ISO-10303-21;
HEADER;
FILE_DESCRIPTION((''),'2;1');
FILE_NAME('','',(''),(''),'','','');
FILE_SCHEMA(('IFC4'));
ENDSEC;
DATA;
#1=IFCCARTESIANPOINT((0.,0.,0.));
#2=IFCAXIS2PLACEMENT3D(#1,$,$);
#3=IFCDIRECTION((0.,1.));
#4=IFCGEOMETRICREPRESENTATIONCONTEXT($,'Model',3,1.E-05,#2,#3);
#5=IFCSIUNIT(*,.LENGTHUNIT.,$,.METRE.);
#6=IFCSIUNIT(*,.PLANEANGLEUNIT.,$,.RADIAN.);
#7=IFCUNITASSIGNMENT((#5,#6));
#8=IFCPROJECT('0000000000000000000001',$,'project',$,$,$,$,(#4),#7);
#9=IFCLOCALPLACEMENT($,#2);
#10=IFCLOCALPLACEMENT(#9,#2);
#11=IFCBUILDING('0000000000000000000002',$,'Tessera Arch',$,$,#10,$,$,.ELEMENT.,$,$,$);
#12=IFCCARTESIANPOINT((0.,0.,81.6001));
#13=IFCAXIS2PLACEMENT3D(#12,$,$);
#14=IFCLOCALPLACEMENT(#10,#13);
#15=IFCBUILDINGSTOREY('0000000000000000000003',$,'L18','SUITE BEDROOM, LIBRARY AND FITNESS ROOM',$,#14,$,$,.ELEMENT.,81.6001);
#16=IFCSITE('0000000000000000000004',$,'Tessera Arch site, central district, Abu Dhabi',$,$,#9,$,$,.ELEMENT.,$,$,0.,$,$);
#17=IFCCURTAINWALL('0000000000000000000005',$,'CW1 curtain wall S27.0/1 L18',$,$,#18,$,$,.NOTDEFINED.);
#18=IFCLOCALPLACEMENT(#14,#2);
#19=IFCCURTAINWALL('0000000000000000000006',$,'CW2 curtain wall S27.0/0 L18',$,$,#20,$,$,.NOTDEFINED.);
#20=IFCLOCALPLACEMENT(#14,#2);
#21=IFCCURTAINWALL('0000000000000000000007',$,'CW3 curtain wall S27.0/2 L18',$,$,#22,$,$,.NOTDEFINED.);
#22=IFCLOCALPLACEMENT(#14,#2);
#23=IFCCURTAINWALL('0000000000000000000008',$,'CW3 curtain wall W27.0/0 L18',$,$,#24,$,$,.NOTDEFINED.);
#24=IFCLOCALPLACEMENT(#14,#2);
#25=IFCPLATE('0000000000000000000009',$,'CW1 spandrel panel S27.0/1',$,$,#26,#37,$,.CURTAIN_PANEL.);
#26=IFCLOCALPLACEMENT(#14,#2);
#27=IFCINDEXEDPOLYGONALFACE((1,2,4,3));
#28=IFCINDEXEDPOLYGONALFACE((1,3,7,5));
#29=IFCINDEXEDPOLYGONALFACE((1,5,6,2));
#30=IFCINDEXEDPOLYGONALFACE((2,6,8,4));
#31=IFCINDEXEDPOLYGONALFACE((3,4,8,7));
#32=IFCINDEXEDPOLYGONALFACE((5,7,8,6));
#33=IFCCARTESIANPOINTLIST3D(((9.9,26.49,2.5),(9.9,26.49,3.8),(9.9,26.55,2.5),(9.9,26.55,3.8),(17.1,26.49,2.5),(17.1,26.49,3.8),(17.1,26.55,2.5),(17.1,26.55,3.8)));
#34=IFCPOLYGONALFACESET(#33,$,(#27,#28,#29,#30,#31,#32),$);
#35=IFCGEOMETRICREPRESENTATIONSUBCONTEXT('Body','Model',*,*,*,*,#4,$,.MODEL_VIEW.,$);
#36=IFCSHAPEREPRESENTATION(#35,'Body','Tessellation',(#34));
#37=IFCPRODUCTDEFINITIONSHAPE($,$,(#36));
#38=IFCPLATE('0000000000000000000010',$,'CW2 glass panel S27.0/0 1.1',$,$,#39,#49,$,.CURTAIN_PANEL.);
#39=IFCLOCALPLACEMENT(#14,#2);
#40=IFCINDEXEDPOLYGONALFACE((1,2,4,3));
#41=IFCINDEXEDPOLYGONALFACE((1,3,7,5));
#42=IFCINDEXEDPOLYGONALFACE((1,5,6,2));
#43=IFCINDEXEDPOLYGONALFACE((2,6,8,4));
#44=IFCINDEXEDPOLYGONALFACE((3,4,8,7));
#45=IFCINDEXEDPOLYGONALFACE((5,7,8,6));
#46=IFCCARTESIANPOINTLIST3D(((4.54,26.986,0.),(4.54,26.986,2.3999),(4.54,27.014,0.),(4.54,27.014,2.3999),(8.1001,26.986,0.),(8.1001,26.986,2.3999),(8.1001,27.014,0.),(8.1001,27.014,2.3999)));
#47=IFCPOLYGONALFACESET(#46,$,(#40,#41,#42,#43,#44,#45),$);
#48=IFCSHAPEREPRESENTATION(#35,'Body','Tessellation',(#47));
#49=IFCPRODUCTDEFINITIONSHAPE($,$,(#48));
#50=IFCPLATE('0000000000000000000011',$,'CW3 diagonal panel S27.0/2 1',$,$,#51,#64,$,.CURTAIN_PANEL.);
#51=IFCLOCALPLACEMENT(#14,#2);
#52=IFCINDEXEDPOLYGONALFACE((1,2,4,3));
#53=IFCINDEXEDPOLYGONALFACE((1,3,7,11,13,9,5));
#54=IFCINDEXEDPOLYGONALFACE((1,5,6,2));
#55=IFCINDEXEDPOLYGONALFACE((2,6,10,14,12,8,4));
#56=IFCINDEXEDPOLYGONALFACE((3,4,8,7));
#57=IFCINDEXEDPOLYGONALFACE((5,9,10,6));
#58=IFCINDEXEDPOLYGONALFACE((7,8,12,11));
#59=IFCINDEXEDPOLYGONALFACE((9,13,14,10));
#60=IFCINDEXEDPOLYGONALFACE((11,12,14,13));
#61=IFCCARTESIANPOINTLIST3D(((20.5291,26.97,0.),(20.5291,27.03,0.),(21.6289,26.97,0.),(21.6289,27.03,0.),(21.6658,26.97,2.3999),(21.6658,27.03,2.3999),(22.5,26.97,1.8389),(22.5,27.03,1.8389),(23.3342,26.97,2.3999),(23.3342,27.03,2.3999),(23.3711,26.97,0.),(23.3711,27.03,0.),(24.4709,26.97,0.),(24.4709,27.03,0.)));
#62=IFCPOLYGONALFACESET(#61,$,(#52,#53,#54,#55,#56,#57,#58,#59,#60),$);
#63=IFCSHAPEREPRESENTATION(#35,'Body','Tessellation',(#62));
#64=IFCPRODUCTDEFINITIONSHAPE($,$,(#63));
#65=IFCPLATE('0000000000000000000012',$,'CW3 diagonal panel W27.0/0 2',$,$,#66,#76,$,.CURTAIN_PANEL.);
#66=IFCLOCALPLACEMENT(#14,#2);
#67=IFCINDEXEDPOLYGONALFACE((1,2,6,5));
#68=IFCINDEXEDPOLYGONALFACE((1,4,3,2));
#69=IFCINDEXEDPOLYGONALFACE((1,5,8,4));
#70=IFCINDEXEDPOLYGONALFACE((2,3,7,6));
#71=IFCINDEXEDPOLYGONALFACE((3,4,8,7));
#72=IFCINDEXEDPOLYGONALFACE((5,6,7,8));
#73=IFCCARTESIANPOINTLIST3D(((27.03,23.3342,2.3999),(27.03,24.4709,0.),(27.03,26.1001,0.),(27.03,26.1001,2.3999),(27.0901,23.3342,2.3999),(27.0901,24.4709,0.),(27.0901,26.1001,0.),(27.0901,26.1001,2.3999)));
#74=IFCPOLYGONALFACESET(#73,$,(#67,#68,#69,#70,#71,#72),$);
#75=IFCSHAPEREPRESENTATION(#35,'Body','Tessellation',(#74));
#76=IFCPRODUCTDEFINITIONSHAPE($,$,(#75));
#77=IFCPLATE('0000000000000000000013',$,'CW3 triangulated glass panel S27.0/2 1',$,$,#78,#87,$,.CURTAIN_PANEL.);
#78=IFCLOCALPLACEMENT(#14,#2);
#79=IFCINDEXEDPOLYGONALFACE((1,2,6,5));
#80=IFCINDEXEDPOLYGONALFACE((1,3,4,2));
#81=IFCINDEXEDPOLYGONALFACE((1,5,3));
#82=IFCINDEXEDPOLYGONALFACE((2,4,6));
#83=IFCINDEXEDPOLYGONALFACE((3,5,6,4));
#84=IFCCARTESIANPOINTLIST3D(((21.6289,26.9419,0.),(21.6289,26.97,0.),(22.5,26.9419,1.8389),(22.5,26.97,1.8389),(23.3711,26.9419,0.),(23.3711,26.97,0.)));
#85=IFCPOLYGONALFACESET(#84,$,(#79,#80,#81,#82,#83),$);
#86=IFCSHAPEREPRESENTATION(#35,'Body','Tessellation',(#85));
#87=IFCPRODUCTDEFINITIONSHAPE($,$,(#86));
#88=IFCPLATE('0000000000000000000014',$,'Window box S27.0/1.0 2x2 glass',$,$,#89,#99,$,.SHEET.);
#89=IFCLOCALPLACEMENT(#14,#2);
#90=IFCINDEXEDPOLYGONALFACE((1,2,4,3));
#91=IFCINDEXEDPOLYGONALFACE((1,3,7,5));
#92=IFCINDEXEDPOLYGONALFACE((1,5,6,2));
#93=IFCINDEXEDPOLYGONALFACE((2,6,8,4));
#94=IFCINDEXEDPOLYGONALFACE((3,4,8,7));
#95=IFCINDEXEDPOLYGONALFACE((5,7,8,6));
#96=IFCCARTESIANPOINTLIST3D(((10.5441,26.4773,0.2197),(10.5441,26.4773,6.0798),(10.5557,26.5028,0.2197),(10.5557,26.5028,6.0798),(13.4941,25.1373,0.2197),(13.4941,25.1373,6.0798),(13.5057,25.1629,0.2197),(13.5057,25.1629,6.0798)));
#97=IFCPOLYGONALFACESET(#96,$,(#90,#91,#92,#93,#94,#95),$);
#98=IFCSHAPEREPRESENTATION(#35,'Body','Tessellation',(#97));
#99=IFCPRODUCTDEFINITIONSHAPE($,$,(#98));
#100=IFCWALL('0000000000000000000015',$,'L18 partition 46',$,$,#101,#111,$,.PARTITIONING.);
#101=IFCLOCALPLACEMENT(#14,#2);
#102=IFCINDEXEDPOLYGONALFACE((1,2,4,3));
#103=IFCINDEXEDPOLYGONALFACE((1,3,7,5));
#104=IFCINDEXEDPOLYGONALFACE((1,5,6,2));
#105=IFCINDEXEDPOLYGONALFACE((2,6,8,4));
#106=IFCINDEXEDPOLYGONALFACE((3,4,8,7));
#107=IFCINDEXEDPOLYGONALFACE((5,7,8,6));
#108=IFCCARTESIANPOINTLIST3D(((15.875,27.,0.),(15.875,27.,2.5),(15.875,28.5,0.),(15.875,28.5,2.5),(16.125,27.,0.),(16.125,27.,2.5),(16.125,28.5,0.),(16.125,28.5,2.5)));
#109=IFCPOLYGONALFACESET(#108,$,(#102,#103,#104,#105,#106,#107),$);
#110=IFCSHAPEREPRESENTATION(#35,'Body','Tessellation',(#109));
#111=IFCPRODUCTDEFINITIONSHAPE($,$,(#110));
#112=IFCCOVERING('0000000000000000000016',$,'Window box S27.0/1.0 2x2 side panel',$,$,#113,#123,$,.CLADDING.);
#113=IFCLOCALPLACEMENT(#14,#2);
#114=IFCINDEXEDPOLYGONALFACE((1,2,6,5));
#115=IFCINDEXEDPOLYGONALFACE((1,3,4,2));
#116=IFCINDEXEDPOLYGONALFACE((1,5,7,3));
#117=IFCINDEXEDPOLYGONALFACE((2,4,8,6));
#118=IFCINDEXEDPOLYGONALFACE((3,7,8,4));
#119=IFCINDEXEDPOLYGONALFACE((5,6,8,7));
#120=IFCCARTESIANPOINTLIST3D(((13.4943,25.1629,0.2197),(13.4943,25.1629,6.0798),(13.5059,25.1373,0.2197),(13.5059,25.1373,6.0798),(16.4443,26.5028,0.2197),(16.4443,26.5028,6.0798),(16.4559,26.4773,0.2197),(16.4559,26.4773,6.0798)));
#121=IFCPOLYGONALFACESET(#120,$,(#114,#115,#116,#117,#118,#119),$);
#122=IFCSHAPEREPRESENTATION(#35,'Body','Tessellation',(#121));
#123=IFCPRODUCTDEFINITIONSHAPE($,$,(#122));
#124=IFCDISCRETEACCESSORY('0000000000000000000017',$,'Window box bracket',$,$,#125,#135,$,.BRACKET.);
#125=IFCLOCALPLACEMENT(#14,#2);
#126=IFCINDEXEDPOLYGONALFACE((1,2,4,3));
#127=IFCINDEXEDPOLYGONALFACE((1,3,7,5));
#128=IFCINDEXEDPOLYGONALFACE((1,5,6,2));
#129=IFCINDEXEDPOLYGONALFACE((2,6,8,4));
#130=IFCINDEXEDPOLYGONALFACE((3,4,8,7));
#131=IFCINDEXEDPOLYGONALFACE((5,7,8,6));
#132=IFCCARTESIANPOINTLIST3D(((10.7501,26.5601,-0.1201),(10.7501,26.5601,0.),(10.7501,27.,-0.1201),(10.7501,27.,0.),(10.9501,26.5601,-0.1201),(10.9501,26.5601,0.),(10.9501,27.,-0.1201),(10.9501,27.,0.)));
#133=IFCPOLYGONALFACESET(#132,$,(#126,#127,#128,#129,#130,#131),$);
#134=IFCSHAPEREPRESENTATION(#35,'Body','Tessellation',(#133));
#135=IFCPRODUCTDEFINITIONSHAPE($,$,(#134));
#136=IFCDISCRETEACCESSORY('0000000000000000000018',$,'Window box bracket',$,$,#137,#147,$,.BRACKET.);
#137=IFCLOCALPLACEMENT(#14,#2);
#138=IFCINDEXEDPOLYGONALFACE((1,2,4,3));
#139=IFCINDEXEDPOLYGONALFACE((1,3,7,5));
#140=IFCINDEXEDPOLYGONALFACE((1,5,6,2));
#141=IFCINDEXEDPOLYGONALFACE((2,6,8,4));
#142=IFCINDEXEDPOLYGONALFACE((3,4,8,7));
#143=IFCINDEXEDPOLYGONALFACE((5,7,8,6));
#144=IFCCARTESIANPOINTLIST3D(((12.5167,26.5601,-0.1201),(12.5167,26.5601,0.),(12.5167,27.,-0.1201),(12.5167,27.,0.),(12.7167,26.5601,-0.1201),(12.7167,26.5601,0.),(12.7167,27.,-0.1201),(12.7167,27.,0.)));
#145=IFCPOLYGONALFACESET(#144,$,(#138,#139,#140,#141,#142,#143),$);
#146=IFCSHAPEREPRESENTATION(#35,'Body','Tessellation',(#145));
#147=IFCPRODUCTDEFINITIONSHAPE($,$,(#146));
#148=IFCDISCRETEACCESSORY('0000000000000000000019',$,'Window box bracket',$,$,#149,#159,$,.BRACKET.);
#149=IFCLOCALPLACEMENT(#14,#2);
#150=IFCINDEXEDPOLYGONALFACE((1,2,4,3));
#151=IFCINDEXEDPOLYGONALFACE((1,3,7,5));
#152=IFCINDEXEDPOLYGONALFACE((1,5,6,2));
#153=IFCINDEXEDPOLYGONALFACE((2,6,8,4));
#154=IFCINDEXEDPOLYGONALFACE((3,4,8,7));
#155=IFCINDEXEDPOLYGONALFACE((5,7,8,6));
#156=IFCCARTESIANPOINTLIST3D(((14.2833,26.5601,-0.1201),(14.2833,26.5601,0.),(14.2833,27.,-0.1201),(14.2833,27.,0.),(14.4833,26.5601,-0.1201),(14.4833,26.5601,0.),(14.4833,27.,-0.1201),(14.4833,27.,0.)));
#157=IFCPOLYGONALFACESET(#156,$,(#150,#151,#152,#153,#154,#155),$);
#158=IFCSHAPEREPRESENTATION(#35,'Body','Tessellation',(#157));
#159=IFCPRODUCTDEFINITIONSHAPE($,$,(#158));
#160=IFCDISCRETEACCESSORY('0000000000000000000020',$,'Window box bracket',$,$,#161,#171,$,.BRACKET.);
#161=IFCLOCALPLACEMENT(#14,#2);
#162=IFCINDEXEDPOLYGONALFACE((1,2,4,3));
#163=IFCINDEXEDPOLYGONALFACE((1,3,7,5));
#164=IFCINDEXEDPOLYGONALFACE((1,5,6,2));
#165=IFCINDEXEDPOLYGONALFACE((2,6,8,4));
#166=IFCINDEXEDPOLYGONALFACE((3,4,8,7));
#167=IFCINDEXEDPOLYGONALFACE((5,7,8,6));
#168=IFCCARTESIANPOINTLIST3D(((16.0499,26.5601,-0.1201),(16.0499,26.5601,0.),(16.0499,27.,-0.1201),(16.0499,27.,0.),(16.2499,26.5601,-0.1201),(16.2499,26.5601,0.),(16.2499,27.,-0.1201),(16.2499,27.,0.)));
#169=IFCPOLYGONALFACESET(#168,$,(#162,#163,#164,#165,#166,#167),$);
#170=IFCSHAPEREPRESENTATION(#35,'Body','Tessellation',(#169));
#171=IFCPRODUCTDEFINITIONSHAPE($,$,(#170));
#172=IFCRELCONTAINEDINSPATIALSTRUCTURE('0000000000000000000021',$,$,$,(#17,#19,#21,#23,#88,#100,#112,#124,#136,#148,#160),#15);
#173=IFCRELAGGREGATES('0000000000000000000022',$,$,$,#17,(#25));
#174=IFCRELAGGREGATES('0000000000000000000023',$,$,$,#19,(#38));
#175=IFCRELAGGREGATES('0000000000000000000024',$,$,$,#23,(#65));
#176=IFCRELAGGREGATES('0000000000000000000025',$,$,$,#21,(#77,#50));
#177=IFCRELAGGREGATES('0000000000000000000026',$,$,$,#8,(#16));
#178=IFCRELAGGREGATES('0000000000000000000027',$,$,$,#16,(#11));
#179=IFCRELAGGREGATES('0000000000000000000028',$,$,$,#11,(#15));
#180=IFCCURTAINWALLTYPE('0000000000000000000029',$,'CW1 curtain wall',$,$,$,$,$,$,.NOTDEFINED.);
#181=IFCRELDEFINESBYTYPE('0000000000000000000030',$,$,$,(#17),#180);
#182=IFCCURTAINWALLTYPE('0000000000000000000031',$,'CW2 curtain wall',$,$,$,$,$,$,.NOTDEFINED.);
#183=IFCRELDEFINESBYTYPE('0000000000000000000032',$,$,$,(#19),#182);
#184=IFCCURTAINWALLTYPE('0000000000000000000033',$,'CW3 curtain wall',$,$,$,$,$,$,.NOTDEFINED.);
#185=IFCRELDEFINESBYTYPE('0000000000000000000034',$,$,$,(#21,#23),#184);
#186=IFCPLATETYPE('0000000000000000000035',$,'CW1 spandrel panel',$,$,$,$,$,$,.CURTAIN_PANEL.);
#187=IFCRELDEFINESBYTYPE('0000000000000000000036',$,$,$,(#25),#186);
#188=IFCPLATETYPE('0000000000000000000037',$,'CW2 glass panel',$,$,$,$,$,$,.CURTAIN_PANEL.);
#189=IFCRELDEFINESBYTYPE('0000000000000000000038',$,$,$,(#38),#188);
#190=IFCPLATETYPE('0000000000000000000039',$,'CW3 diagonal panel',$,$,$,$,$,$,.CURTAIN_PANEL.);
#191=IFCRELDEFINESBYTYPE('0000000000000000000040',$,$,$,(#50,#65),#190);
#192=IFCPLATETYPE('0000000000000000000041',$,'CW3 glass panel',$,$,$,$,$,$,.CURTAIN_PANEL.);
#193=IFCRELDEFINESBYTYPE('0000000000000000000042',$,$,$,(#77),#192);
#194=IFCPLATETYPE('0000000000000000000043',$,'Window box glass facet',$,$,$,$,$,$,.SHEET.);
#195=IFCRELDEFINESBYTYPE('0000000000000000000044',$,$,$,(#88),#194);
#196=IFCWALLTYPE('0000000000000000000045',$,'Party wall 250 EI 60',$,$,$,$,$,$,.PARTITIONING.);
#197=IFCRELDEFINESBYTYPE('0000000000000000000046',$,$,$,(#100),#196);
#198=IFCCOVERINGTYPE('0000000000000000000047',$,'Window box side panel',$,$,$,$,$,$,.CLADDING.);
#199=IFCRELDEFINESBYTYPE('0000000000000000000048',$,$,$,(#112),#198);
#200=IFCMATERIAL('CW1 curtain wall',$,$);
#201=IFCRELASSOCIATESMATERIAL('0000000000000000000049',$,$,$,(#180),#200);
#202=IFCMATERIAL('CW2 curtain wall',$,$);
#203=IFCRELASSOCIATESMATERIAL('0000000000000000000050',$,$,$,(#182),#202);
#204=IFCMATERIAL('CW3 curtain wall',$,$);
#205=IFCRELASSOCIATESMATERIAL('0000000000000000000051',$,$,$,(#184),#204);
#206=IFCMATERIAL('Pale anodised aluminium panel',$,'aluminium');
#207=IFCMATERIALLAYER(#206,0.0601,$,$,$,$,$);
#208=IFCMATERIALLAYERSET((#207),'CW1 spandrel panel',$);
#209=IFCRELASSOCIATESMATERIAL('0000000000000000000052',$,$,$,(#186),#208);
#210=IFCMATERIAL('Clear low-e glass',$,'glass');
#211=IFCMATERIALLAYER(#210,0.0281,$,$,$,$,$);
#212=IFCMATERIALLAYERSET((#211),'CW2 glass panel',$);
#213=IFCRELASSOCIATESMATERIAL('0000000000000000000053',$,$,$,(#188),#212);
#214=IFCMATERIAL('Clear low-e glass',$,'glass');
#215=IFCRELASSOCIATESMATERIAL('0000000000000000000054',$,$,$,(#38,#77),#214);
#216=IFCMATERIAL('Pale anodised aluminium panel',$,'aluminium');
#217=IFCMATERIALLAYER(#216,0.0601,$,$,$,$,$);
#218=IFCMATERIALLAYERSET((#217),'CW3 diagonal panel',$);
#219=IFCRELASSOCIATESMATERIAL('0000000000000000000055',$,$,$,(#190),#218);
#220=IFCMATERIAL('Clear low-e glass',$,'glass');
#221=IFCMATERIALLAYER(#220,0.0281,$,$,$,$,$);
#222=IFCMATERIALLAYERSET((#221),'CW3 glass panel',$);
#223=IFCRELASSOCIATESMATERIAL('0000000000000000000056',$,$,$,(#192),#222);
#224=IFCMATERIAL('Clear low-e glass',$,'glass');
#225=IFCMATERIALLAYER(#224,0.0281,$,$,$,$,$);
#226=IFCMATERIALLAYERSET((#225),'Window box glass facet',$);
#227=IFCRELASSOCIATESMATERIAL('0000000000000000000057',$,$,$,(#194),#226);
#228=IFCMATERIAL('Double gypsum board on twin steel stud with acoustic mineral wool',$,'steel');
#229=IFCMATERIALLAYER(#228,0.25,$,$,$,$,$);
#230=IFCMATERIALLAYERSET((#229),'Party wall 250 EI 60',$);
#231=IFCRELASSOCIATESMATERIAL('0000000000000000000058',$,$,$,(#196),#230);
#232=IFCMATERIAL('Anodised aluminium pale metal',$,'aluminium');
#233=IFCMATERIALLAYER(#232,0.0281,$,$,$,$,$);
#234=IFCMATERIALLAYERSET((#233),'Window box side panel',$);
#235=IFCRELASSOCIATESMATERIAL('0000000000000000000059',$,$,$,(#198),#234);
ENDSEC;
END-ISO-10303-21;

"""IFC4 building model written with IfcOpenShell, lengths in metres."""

from ifc_helpers import new_model, si_unit, direction, frame, frame_2d, origin, origin_2d, place, context, subcontext, project, spatial, polyline, rectangle, outline, extrude, material, layer, layer_set, type_object, element, aggregate, save


model = new_model("IFC4")

# Units and contexts
model_context = context("Model", 3, precision=1e-05, world=origin(), true_north=direction((0.0, 1.0)))
body_context = subcontext(model_context, "Body", "Model", "MODEL_VIEW")
ifc_project = project(units=[si_unit("LENGTHUNIT", "METRE"), si_unit("PLANEANGLEUNIT", "RADIAN")], contexts=[model_context])

# Site, building, storey
site_placement = place(None, origin())
site = spatial("IfcSite", under=ifc_project, at=site_placement, Name="Tessera Arch site, central district, Abu Dhabi", CompositionType="ELEMENT", RefElevation=0.0)
building_placement = place(site_placement, origin())
building = spatial("IfcBuilding", under=site, at=building_placement, Name="Tessera Arch", CompositionType="ELEMENT")
storey_placement = place(building_placement, frame((0.0, 0.0, 81.6001)))
storey = spatial("IfcBuildingStorey", under=building, at=storey_placement, Name="L18", Description="SUITE BEDROOM, LIBRARY AND FITNESS ROOM", CompositionType="ELEMENT", Elevation=81.6001)

# Curtain wall
ifc_material_1 = material(Name="CW1 curtain wall")
curtain_wall_type_1 = type_object("IfcCurtainWallType", Name="CW1 curtain wall", PredefinedType="NOTDEFINED", material=ifc_material_1)
curtain_wall_1_placement = place(storey_placement, origin())
curtain_wall_1 = element("IfcCurtainWall", 1, at=curtain_wall_1_placement, inside=storey, type_object=curtain_wall_type_1, Name="CW1 curtain wall S27.0/1 L18", PredefinedType="NOTDEFINED")

# Curtain walls
ifc_material_2 = material(Name="CW2 curtain wall")
curtain_wall_type_2 = type_object("IfcCurtainWallType", Name="CW2 curtain wall", PredefinedType="NOTDEFINED", material=ifc_material_2)
curtain_wall_2_placement = place(storey_placement, origin())
curtain_wall_2 = element("IfcCurtainWall", 2, at=curtain_wall_2_placement, inside=storey, type_object=curtain_wall_type_2, Name="CW2 curtain wall S27.0/0 L18", PredefinedType="NOTDEFINED")
ifc_material_3 = material(Name="CW3 curtain wall")
curtain_wall_type_3 = type_object("IfcCurtainWallType", Name="CW3 curtain wall", PredefinedType="NOTDEFINED", material=ifc_material_3)
curtain_wall_3_placement = place(storey_placement, origin())
curtain_wall_3 = element("IfcCurtainWall", 3, at=curtain_wall_3_placement, inside=storey, type_object=curtain_wall_type_3, Name="CW3 curtain wall S27.0/2 L18", PredefinedType="NOTDEFINED")
curtain_wall_4_placement = place(storey_placement, origin())
curtain_wall_4 = element("IfcCurtainWall", 4, at=curtain_wall_4_placement, inside=storey, type_object=curtain_wall_type_3, Name="CW3 curtain wall W27.0/0 L18", PredefinedType="NOTDEFINED")

# Plates
ifc_material_4 = material(Name="Clear low-e glass", Category="glass")
ifc_material_5 = material(Name="Pale anodised aluminium panel", Category="aluminium")
ifc_layer_1 = layer(ifc_material_5, 0.0601)
ifc_layer_set_1 = layer_set([ifc_layer_1], Name="CW1 spandrel panel")
plate_type_1 = type_object("IfcPlateType", Name="CW1 spandrel panel", PredefinedType="CURTAIN_PANEL", material=ifc_layer_set_1)
plate_1_placement = place(storey_placement, frame((13.5, 26.52, 2.5), z_axis=(0.0, 0.0, 1.0), x_axis=(1.0, 0.0, 0.0)))
plate_1 = element("IfcPlate", 5, at=plate_1_placement, type_object=plate_type_1, Name="CW1 spandrel panel S27.0/1", PredefinedType="CURTAIN_PANEL", context=body_context, shape_type="SweptSolid", body=[
    extrude(rectangle(XDim=7.2, YDim=0.0601, at=origin_2d()), origin(), (0.0, 0.0, 1.0), 1.3),
])
aggregate(curtain_wall_1, [plate_1])
ifc_material_6 = material(Name="Clear low-e glass", Category="glass")
ifc_layer_2 = layer(ifc_material_6, 0.0281)
ifc_layer_set_2 = layer_set([ifc_layer_2], Name="CW2 glass panel")
plate_type_2 = type_object("IfcPlateType", Name="CW2 glass panel", PredefinedType="CURTAIN_PANEL", material=ifc_layer_set_2)
plate_2_placement = place(storey_placement, frame((6.3201, 27.0, 0.0), z_axis=(0.0, 0.0, 1.0), x_axis=(1.0, 0.0, 0.0)))
plate_2 = element("IfcPlate", 6, at=plate_2_placement, type_object=plate_type_2, material=ifc_material_4, Name="CW2 glass panel S27.0/0 1.1", PredefinedType="CURTAIN_PANEL", context=body_context, shape_type="SweptSolid", body=[
    extrude(rectangle(XDim=3.5601, YDim=0.0281, at=origin_2d()), origin(), (0.0, 0.0, 1.0), 2.3999),
])
aggregate(curtain_wall_2, [plate_2])
ifc_material_7 = material(Name="Pale anodised aluminium panel", Category="aluminium")
ifc_layer_3 = layer(ifc_material_7, 0.0601)
ifc_layer_set_3 = layer_set([ifc_layer_3], Name="CW3 diagonal panel")
plate_type_3 = type_object("IfcPlateType", Name="CW3 diagonal panel", PredefinedType="CURTAIN_PANEL", material=ifc_layer_set_3)
plate_3_placement = place(storey_placement, frame((23.3342, 26.97, 2.3999), z_axis=(0.0, -1.0, 0.0), x_axis=(-1.0, 0.0, 0.0)))
plate_3 = element("IfcPlate", 7, at=plate_3_placement, type_object=plate_type_3, Name="CW3 diagonal panel S27.0/2 1", PredefinedType="CURTAIN_PANEL", context=body_context, shape_type="SweptSolid", body=[
    extrude(outline(polyline([(0.0, 0.0), (1.6685, 0.0), (2.8052, 2.3999), (1.7053, 2.3999), (0.8342, 0.561), (-0.0369, 2.3999), (-1.1367, 2.3999), (0.0, 0.0)])), origin(), (0.0, 0.0, -1.0), 0.0601),
])
plate_4_placement = place(storey_placement, frame((27.03, 26.1001, 0.0), z_axis=(-1.0, 0.0, 0.0), x_axis=(0.0, -1.0, 0.0)))
plate_4 = element("IfcPlate", 8, at=plate_4_placement, type_object=plate_type_3, Name="CW3 diagonal panel W27.0/0 2", PredefinedType="CURTAIN_PANEL", context=body_context, shape_type="SweptSolid", body=[
    extrude(outline(polyline([(0.0, 0.0), (1.6292, 0.0), (2.7659, 2.3999), (0.0, 2.3999), (0.0, 0.0)])), origin(), (0.0, 0.0, -1.0), 0.0601),
])
aggregate(curtain_wall_4, [plate_4])
ifc_material_8 = material(Name="Clear low-e glass", Category="glass")
ifc_layer_4 = layer(ifc_material_8, 0.0281)
ifc_layer_set_4 = layer_set([ifc_layer_4], Name="CW3 glass panel")
plate_type_4 = type_object("IfcPlateType", Name="CW3 glass panel", PredefinedType="CURTAIN_PANEL", material=ifc_layer_set_4)
plate_5_placement = place(storey_placement, frame((21.6289, 26.9419, 0.0), z_axis=(0.0, -1.0, 0.0), x_axis=(1.0, 0.0, 0.0)))
plate_5 = element("IfcPlate", 9, at=plate_5_placement, type_object=plate_type_4, material=ifc_material_4, Name="CW3 triangulated glass panel S27.0/2 1", PredefinedType="CURTAIN_PANEL", context=body_context, shape_type="SweptSolid", body=[
    extrude(outline(polyline([(0.0, 0.0), (1.7422, 0.0), (0.8711, 1.8389), (0.0, 0.0)])), origin(), (0.0, 0.0, -1.0), 0.0281),
])
aggregate(curtain_wall_3, [plate_5, plate_3])
ifc_material_9 = material(Name="Clear low-e glass", Category="glass")
ifc_layer_5 = layer(ifc_material_9, 0.0281)
ifc_layer_set_5 = layer_set([ifc_layer_5], Name="Window box glass facet")
plate_type_5 = type_object("IfcPlateType", Name="Window box glass facet", PredefinedType="SHEET", material=ifc_layer_set_5)
plate_6_placement = place(storey_placement, frame((12.0249, 25.8201, 0.2197), z_axis=(0.0, 0.0, 1.0), x_axis=(0.910472, -0.41357, 0.0)))
element("IfcPlate", 10, at=plate_6_placement, inside=storey, type_object=plate_type_5, Name="Window box S27.0/1.0 2x2 glass", PredefinedType="SHEET", context=body_context, shape_type="SweptSolid", body=[
    extrude(rectangle(XDim=3.24, YDim=0.0281, at=origin_2d()), origin(), (0.0, 0.0, 1.0), 5.8601),
])

# Wall
ifc_material_10 = material(Name="Double gypsum board on twin steel stud with acoustic mineral wool", Category="steel")
ifc_layer_6 = layer(ifc_material_10, 0.25)
ifc_layer_set_6 = layer_set([ifc_layer_6], Name="Party wall 250 EI 60")
wall_type = type_object("IfcWallType", Name="Party wall 250 EI 60", PredefinedType="PARTITIONING", material=ifc_layer_set_6)
wall_placement = place(storey_placement, frame((16.0, 27.0, 0.0), z_axis=(0.0, 0.0, 1.0), x_axis=(0.0, 1.0, 0.0)))
element("IfcWall", 11, at=wall_placement, inside=storey, type_object=wall_type, Name="L18 partition 46", PredefinedType="PARTITIONING", context=body_context, shape_type="SweptSolid", body=[
    extrude(rectangle(XDim=1.5, YDim=0.25, at=frame_2d((0.75, 0.0))), origin(), (0.0, 0.0, 1.0), 2.5),
])

# Covering
ifc_material_11 = material(Name="Anodised aluminium pale metal", Category="aluminium")
ifc_layer_7 = layer(ifc_material_11, 0.0281)
ifc_layer_set_7 = layer_set([ifc_layer_7], Name="Window box side panel")
covering_type = type_object("IfcCoveringType", Name="Window box side panel", PredefinedType="CLADDING", material=ifc_layer_set_7)
covering_placement = place(storey_placement, frame((14.9751, 25.8201, 0.2197), z_axis=(0.0, 0.0, 1.0), x_axis=(-0.910472, -0.41357, 0.0)))
element("IfcCovering", 12, at=covering_placement, inside=storey, type_object=covering_type, Name="Window box S27.0/1.0 2x2 side panel", PredefinedType="CLADDING", context=body_context, shape_type="SweptSolid", body=[
    extrude(rectangle(XDim=3.24, YDim=0.0281, at=origin_2d()), origin(), (0.0, 0.0, 1.0), 5.8601),
])

# Discrete accessories
for number, where, z_axis, x_axis, name in (
    (13, (10.8501, 26.78, -0.1201), (0.0, 0.0, 1.0), (0.0, -1.0, 0.0), "Window box bracket"),
    (14, (12.6167, 26.78, -0.1201), (0.0, 0.0, 1.0), (0.0, -1.0, 0.0), "Window box bracket"),
    (15, (14.3833, 26.78, -0.1201), (0.0, 0.0, 1.0), (0.0, -1.0, 0.0), "Window box bracket"),
    (16, (16.1499, 26.78, -0.1201), (0.0, 0.0, 1.0), (0.0, -1.0, 0.0), "Window box bracket"),
):
    element("IfcDiscreteAccessory", number, at=place(storey_placement, frame(where, z_axis=z_axis, x_axis=x_axis)), inside=storey, Name=name, PredefinedType="BRACKET", context=body_context, shape_type="SweptSolid", body=[
        extrude(rectangle(XDim=0.4399, YDim=0.2, at=origin_2d()), origin(), (0.0, 0.0, 1.0), 0.1201),
    ])

save(model, "model.ifc")
